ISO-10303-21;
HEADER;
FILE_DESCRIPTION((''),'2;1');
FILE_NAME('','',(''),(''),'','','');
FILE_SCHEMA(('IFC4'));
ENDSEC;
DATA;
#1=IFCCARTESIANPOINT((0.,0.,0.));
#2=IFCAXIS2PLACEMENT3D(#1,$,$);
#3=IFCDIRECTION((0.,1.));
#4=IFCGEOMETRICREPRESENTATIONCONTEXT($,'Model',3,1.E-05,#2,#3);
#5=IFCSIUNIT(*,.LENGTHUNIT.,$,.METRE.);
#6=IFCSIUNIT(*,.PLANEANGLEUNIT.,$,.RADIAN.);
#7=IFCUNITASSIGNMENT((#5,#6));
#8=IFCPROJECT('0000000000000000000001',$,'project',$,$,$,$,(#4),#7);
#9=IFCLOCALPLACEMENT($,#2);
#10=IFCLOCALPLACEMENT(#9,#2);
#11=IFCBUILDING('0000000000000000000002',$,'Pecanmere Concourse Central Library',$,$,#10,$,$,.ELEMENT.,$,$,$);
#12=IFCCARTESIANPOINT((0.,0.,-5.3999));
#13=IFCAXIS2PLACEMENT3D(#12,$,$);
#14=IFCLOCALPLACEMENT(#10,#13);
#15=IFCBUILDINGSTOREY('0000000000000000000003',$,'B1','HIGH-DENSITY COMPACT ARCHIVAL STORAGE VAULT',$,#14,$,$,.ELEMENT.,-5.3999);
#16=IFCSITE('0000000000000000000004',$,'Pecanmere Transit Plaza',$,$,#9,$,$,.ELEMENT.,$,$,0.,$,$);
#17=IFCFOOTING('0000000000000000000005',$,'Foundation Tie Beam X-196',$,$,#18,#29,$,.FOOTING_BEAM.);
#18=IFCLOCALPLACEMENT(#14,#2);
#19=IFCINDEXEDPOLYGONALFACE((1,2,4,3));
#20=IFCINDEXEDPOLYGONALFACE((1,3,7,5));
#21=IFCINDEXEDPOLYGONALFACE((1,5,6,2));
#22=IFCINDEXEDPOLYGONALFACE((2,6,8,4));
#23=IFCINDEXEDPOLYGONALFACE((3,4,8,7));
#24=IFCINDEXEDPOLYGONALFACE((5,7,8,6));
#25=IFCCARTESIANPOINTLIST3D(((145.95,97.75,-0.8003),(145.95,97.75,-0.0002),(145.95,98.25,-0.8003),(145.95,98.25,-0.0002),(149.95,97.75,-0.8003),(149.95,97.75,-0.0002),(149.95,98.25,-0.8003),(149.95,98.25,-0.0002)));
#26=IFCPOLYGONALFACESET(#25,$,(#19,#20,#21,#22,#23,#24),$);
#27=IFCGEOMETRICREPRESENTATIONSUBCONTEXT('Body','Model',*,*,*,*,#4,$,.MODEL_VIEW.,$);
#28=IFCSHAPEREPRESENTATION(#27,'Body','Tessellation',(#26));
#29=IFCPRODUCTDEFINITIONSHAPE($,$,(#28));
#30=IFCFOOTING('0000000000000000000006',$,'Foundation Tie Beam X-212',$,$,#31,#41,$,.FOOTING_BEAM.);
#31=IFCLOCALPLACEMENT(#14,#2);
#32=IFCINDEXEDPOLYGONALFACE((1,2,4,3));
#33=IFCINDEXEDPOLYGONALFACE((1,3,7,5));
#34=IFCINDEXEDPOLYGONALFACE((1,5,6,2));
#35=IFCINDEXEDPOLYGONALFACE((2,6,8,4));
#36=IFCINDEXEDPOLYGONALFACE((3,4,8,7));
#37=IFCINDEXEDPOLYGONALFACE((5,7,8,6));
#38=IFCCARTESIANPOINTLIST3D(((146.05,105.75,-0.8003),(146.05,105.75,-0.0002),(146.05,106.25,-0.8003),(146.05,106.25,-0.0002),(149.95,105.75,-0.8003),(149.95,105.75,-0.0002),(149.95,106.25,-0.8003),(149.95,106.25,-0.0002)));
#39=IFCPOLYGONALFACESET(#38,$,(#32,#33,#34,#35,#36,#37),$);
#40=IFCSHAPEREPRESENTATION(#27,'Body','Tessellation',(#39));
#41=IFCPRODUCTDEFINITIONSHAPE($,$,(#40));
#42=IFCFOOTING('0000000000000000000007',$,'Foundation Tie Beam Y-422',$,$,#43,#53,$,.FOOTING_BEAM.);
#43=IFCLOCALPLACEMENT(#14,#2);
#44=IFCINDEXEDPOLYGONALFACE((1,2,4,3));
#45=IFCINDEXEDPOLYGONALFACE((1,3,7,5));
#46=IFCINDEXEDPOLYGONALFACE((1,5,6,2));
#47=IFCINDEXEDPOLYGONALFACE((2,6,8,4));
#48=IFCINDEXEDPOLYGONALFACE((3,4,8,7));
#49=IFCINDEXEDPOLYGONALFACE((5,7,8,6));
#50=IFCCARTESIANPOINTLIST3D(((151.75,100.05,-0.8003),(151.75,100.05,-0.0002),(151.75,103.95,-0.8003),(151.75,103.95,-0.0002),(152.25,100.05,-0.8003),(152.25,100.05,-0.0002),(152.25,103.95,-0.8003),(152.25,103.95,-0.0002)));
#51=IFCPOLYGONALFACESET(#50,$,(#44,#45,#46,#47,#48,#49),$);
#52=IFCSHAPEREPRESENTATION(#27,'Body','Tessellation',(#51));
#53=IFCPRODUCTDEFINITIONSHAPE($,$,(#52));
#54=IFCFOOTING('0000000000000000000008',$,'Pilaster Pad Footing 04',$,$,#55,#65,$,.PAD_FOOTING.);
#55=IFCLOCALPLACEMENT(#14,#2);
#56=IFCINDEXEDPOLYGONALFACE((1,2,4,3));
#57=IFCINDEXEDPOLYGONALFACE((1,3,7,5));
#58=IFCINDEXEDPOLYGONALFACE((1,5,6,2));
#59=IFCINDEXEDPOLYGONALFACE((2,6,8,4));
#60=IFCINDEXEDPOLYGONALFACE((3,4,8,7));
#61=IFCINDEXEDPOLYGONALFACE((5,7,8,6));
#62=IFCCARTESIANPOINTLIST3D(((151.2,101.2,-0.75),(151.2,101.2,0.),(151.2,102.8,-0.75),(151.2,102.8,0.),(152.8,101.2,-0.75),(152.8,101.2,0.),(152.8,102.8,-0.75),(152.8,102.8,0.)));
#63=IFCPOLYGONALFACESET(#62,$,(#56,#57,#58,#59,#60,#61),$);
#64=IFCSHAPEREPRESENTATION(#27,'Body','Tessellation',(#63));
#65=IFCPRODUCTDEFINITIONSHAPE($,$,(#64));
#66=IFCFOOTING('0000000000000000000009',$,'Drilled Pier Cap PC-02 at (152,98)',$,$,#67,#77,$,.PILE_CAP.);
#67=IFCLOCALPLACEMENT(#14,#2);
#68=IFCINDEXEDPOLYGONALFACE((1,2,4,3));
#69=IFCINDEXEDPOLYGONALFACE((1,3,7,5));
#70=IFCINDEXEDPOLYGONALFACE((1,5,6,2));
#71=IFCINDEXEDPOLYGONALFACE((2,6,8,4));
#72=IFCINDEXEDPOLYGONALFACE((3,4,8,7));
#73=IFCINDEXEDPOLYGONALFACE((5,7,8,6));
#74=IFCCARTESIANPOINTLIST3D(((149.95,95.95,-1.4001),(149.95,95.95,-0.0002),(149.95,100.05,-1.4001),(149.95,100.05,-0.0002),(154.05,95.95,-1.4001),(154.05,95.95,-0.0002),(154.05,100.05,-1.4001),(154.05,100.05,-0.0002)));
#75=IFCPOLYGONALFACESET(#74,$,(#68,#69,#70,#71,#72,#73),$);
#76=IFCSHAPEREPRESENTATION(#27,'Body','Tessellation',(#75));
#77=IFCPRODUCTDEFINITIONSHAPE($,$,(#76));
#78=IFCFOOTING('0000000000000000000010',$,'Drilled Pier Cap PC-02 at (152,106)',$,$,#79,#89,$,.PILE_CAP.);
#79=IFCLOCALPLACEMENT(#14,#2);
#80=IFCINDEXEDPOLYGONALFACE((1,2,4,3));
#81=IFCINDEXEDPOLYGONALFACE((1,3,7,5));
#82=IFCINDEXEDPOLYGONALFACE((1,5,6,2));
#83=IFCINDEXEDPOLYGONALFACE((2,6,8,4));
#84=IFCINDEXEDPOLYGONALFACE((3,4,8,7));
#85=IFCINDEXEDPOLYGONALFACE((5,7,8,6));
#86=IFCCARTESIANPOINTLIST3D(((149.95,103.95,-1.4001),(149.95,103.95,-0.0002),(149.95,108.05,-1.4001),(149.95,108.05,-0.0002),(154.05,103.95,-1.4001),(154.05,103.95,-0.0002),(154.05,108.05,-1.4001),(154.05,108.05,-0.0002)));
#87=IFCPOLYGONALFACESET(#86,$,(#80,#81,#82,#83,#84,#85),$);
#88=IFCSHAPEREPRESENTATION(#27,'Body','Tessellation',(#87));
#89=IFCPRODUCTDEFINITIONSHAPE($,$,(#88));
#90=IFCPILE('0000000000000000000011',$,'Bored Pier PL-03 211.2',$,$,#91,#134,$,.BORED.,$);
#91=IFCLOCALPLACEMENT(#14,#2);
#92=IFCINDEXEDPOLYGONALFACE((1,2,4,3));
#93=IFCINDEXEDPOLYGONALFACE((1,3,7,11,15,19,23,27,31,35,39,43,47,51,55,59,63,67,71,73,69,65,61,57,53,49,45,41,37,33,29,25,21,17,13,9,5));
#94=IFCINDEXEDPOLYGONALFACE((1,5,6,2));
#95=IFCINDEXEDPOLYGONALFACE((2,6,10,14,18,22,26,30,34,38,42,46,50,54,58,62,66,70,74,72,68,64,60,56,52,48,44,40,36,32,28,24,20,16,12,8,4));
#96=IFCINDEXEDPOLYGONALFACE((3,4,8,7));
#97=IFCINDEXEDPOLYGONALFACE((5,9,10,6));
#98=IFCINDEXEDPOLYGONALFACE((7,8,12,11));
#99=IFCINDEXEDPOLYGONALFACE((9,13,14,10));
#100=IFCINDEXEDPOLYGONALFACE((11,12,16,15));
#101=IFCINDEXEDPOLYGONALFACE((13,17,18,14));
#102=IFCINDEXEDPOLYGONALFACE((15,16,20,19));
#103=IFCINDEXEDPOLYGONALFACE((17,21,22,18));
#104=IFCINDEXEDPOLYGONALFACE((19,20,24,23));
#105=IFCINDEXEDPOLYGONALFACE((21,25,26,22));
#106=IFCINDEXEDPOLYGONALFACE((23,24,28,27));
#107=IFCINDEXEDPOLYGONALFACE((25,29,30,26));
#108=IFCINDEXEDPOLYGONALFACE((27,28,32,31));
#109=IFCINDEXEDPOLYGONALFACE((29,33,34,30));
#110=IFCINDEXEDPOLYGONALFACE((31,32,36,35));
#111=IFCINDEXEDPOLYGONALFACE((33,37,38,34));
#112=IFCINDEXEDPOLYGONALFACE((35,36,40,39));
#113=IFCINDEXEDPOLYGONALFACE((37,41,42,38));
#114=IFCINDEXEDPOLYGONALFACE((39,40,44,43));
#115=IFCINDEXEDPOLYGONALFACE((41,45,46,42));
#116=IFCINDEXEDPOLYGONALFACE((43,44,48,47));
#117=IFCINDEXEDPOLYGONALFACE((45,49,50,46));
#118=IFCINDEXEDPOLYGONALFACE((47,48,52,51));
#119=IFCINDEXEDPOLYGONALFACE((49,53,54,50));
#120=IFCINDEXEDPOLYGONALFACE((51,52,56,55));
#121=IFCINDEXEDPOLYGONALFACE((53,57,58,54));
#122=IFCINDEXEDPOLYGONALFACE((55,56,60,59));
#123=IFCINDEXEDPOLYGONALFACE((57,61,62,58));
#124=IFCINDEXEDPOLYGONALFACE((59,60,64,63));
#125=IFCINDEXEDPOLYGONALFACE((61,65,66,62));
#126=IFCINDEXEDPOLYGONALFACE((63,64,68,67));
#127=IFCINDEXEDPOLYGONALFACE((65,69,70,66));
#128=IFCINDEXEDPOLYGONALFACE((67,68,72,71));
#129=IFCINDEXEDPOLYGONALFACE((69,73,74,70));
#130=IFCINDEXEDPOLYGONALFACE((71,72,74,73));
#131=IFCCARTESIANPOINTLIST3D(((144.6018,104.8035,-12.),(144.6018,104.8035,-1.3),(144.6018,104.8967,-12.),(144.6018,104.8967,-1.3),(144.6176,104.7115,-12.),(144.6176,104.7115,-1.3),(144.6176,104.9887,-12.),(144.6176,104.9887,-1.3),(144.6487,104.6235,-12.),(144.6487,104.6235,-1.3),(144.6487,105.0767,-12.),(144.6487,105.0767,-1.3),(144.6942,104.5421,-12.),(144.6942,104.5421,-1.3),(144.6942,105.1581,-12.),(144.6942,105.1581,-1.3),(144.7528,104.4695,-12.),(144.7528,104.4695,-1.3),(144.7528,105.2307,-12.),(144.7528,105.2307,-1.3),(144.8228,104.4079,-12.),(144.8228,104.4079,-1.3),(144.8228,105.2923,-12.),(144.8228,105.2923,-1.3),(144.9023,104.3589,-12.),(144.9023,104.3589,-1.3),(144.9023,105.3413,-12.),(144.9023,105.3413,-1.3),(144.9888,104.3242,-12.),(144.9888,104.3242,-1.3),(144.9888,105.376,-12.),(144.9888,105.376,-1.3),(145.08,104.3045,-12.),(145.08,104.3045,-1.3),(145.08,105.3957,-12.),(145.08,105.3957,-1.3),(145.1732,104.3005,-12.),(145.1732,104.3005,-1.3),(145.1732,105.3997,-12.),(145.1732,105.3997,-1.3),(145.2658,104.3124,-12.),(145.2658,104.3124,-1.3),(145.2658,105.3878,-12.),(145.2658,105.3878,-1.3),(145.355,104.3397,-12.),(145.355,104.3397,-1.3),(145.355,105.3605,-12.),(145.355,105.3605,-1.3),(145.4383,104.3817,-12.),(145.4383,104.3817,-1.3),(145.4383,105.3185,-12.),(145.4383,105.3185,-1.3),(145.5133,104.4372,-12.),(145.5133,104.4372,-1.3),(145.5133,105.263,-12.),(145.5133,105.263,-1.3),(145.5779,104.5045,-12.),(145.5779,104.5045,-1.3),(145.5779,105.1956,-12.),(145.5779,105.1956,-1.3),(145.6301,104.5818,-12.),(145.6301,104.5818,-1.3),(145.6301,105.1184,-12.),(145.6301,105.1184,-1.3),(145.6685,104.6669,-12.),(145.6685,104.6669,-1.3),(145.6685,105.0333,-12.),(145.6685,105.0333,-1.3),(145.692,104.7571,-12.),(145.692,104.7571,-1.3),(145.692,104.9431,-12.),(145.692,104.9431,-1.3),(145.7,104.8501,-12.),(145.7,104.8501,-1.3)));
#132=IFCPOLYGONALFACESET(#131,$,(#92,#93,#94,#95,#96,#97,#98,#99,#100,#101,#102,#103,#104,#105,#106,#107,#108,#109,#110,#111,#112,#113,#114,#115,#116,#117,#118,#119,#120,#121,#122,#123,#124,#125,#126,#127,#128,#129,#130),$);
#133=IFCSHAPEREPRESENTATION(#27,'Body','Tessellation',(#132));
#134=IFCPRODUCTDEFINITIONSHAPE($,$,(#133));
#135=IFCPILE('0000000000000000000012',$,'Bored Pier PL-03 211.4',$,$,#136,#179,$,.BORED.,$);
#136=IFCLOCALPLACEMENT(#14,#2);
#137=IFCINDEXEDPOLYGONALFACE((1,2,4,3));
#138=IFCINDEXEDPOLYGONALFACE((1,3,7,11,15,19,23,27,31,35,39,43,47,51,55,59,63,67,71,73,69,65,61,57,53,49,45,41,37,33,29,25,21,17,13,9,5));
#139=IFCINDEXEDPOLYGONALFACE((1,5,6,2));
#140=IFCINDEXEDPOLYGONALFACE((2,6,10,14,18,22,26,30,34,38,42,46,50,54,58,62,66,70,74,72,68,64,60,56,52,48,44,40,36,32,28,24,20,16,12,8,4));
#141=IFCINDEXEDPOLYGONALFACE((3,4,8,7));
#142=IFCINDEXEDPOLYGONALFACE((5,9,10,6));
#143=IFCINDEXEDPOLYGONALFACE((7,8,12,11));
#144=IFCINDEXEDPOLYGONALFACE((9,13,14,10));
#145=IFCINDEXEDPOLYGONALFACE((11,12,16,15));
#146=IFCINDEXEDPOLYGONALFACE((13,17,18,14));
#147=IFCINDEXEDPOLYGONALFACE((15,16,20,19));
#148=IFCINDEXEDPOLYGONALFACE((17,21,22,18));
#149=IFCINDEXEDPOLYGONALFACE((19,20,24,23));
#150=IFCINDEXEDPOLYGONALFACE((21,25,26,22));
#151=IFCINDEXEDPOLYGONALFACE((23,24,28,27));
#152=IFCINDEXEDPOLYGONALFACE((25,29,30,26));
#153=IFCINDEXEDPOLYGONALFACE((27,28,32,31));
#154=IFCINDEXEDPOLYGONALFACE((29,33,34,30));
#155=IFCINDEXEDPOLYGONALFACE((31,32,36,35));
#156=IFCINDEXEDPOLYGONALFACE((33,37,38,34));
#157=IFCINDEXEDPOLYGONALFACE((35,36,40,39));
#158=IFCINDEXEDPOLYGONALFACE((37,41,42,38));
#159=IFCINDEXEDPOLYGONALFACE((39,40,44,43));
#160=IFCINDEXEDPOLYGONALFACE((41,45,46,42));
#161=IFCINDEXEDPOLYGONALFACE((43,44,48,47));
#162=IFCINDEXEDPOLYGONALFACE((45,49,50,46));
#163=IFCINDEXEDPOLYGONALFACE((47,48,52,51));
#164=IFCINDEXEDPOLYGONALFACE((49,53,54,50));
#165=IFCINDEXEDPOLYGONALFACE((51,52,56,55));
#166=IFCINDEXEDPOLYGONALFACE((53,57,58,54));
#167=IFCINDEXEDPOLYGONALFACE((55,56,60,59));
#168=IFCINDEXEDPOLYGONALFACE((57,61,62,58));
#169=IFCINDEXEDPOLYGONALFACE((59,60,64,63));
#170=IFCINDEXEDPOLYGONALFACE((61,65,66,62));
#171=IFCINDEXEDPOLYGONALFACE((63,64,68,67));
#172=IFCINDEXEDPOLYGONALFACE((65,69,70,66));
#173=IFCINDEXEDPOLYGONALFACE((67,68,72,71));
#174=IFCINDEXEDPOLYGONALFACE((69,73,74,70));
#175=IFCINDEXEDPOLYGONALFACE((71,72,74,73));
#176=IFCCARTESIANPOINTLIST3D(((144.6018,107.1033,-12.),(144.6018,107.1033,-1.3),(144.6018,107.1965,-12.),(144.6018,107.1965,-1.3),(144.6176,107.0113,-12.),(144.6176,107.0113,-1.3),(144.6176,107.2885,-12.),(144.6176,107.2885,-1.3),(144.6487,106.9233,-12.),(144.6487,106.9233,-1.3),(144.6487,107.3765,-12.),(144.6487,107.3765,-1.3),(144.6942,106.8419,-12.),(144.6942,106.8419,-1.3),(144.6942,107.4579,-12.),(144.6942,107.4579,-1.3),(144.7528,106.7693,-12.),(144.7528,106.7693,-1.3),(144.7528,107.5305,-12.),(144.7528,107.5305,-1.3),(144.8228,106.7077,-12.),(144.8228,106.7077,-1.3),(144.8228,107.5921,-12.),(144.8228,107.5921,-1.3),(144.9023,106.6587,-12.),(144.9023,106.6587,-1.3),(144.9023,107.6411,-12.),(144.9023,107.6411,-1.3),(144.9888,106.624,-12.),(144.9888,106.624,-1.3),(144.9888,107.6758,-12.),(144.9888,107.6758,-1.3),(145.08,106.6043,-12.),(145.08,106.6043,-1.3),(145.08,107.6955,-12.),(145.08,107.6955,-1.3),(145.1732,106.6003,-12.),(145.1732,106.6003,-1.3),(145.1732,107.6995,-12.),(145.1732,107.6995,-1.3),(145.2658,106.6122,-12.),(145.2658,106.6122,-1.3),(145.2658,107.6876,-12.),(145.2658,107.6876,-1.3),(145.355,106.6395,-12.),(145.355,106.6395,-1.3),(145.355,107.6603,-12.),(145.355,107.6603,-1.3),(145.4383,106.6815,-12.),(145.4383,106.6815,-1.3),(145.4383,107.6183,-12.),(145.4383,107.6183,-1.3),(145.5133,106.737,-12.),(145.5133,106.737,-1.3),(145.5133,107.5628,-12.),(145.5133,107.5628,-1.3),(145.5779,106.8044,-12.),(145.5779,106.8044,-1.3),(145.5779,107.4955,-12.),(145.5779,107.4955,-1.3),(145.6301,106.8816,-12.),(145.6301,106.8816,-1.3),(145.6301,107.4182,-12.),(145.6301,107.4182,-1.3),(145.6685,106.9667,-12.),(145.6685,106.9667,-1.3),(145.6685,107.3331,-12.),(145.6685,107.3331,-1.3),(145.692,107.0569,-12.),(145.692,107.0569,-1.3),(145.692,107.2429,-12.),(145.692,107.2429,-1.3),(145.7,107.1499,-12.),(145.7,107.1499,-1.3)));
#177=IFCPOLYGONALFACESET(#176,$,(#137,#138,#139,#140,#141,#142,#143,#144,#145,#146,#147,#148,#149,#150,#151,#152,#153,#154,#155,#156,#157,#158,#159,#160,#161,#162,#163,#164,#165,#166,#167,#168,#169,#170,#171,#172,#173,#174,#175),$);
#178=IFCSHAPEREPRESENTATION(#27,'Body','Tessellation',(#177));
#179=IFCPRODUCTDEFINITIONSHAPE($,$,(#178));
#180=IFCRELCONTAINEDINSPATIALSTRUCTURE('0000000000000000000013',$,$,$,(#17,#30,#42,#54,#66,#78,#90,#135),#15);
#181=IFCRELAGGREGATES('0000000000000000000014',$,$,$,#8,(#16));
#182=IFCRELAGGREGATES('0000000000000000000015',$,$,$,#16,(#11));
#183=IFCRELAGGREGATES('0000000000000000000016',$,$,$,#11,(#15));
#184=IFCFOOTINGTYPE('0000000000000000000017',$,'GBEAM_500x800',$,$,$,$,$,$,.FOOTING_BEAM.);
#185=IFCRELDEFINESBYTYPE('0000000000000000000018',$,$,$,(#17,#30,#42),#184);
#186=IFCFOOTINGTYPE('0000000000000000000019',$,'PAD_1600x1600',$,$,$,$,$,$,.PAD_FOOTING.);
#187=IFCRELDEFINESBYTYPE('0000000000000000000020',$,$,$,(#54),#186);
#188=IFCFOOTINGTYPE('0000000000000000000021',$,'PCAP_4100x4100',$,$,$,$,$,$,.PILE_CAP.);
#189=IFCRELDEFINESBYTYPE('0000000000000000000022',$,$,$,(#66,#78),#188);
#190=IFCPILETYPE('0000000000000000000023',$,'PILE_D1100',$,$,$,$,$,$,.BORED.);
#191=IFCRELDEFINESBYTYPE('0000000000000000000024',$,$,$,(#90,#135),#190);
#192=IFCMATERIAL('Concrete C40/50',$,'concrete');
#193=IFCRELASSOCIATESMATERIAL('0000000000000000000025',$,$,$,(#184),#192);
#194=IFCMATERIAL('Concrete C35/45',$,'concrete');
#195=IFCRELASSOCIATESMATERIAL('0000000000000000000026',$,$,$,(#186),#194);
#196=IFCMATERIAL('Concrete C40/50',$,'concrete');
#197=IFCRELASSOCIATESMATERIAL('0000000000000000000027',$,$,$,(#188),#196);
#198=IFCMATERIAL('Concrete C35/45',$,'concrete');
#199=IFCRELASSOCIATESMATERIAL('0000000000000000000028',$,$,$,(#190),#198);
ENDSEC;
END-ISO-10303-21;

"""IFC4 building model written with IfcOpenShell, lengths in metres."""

from ifc_helpers import new_model, si_unit, direction, frame, origin, origin_2d, place, context, subcontext, project, spatial, rectangle, circle, extrude, material, material_profile, profile_set, type_object, element, save


model = new_model("IFC4")

# Units and contexts
model_context = context("Model", 3, precision=1e-05, world=origin(), true_north=direction((0.0, 1.0)))
body_context = subcontext(model_context, "Body", "Model", "MODEL_VIEW")
ifc_project = project(units=[si_unit("LENGTHUNIT", "METRE"), si_unit("PLANEANGLEUNIT", "RADIAN")], contexts=[model_context])

# Site, building, storey
site_placement = place(None, origin())
site = spatial("IfcSite", under=ifc_project, at=site_placement, Name="Pecanmere Transit Plaza", CompositionType="ELEMENT", RefElevation=0.0)
building_placement = place(site_placement, origin())
building = spatial("IfcBuilding", under=site, at=building_placement, Name="Pecanmere Concourse Central Library", CompositionType="ELEMENT")
storey_placement = place(building_placement, frame((0.0, 0.0, -5.3999)))
storey = spatial("IfcBuildingStorey", under=building, at=storey_placement, Name="B1", Description="HIGH-DENSITY COMPACT ARCHIVAL STORAGE VAULT", CompositionType="ELEMENT", Elevation=-5.3999)

# Footings
ifc_material_1 = material(Name="Concrete C40/50", Category="concrete")
ifc_material_profile_1 = material_profile(ifc_material_1, rectangle(XDim=0.5, YDim=0.8, at=origin_2d()), Name="RC 500x800")
ifc_profile_set_1 = profile_set([ifc_material_profile_1], Name="Concrete C40/50")
footing_type_1 = type_object("IfcFootingType", Name="GBEAM_500x800", PredefinedType="FOOTING_BEAM", material=ifc_profile_set_1)
footing_1_placement = place(storey_placement, frame((147.95, 98.0, -0.8003), z_axis=(0.0, 0.0, 1.0), x_axis=(1.0, 0.0, 0.0)))
element("IfcFooting", 1, at=footing_1_placement, inside=storey, type_object=footing_type_1, Name="Foundation Tie Beam X-196", PredefinedType="FOOTING_BEAM", context=body_context, shape_type="SweptSolid", body=[
    extrude(rectangle(XDim=4.0, YDim=0.5, at=origin_2d()), origin(), (0.0, 0.0, 1.0), 0.8),
])
for number, where, z_axis, x_axis, name in (
    (2, (148.0, 106.0, -0.8003), (0.0, 0.0, 1.0), (1.0, 0.0, 0.0), "Foundation Tie Beam X-212"),
    (3, (152.0, 102.0, -0.8003), (0.0, 0.0, 1.0), (0.0, 1.0, 0.0), "Foundation Tie Beam Y-422"),
):
    element("IfcFooting", number, at=place(storey_placement, frame(where, z_axis=z_axis, x_axis=x_axis)), inside=storey, type_object=footing_type_1, Name=name, PredefinedType="FOOTING_BEAM", context=body_context, shape_type="SweptSolid", body=[
        extrude(rectangle(XDim=3.8999, YDim=0.5, at=origin_2d()), origin(), (0.0, 0.0, 1.0), 0.8),
    ])
ifc_material_2 = material(Name="Concrete C35/45", Category="concrete")
footing_type_2 = type_object("IfcFootingType", Name="PAD_1600x1600", PredefinedType="PAD_FOOTING", material=ifc_material_2)
footing_2_placement = place(storey_placement, frame((152.0, 102.0, -0.75), z_axis=(0.0, 0.0, 1.0), x_axis=(1.0, 0.0, 0.0)))
element("IfcFooting", 4, at=footing_2_placement, inside=storey, type_object=footing_type_2, Name="Pilaster Pad Footing 04", PredefinedType="PAD_FOOTING", context=body_context, shape_type="SweptSolid", body=[
    extrude(rectangle(XDim=1.6001, YDim=1.6001, at=origin_2d()), origin(), (0.0, 0.0, 1.0), 0.75),
])
ifc_material_3 = material(Name="Concrete C40/50", Category="concrete")
footing_type_3 = type_object("IfcFootingType", Name="PCAP_4100x4100", PredefinedType="PILE_CAP", material=ifc_material_3)
for number, where, z_axis, x_axis, name in (
    (5, (152.0, 98.0, -1.4001), (0.0, 0.0, 1.0), (1.0, 0.0, 0.0), "Drilled Pier Cap PC-02 at (152,98)"),
    (6, (152.0, 106.0, -1.4001), (0.0, 0.0, 1.0), (1.0, 0.0, 0.0), "Drilled Pier Cap PC-02 at (152,106)"),
):
    element("IfcFooting", number, at=place(storey_placement, frame(where, z_axis=z_axis, x_axis=x_axis)), inside=storey, type_object=footing_type_3, Name=name, PredefinedType="PILE_CAP", context=body_context, shape_type="SweptSolid", body=[
        extrude(rectangle(XDim=4.1001, YDim=4.1001, at=origin_2d()), origin(), (0.0, 0.0, 1.0), 1.3999),
    ])

# Piles
ifc_material_4 = material(Name="Concrete C35/45", Category="concrete")
ifc_material_profile_2 = material_profile(ifc_material_4, circle(Radius=0.55, at=origin_2d()), Name="PIER D1100")
ifc_profile_set_2 = profile_set([ifc_material_profile_2], Name="Concrete C35/45")
pile_type_1 = type_object("IfcPileType", Name="PILE_D1100", PredefinedType="BORED", material=ifc_profile_set_2)
for number, where, z_axis, x_axis, name in (
    (7, (145.1499, 104.8501, -1.3), (0.0, 0.0, -1.0), (1.0, 0.0, 0.0), "Bored Pier PL-03 211.2"),
    (8, (145.1499, 107.1499, -1.3), (0.0, 0.0, -1.0), (1.0, 0.0, 0.0), "Bored Pier PL-03 211.4"),
):
    element("IfcPile", number, at=place(storey_placement, frame(where, z_axis=z_axis, x_axis=x_axis)), inside=storey, type_object=pile_type_1, Name=name, PredefinedType="BORED", context=body_context, shape_type="SweptSolid", body=[
        extrude(circle(Radius=0.55, at=origin_2d()), origin(), (0.0, 0.0, 1.0), 10.7),
    ])

save(model, "model.ifc")
